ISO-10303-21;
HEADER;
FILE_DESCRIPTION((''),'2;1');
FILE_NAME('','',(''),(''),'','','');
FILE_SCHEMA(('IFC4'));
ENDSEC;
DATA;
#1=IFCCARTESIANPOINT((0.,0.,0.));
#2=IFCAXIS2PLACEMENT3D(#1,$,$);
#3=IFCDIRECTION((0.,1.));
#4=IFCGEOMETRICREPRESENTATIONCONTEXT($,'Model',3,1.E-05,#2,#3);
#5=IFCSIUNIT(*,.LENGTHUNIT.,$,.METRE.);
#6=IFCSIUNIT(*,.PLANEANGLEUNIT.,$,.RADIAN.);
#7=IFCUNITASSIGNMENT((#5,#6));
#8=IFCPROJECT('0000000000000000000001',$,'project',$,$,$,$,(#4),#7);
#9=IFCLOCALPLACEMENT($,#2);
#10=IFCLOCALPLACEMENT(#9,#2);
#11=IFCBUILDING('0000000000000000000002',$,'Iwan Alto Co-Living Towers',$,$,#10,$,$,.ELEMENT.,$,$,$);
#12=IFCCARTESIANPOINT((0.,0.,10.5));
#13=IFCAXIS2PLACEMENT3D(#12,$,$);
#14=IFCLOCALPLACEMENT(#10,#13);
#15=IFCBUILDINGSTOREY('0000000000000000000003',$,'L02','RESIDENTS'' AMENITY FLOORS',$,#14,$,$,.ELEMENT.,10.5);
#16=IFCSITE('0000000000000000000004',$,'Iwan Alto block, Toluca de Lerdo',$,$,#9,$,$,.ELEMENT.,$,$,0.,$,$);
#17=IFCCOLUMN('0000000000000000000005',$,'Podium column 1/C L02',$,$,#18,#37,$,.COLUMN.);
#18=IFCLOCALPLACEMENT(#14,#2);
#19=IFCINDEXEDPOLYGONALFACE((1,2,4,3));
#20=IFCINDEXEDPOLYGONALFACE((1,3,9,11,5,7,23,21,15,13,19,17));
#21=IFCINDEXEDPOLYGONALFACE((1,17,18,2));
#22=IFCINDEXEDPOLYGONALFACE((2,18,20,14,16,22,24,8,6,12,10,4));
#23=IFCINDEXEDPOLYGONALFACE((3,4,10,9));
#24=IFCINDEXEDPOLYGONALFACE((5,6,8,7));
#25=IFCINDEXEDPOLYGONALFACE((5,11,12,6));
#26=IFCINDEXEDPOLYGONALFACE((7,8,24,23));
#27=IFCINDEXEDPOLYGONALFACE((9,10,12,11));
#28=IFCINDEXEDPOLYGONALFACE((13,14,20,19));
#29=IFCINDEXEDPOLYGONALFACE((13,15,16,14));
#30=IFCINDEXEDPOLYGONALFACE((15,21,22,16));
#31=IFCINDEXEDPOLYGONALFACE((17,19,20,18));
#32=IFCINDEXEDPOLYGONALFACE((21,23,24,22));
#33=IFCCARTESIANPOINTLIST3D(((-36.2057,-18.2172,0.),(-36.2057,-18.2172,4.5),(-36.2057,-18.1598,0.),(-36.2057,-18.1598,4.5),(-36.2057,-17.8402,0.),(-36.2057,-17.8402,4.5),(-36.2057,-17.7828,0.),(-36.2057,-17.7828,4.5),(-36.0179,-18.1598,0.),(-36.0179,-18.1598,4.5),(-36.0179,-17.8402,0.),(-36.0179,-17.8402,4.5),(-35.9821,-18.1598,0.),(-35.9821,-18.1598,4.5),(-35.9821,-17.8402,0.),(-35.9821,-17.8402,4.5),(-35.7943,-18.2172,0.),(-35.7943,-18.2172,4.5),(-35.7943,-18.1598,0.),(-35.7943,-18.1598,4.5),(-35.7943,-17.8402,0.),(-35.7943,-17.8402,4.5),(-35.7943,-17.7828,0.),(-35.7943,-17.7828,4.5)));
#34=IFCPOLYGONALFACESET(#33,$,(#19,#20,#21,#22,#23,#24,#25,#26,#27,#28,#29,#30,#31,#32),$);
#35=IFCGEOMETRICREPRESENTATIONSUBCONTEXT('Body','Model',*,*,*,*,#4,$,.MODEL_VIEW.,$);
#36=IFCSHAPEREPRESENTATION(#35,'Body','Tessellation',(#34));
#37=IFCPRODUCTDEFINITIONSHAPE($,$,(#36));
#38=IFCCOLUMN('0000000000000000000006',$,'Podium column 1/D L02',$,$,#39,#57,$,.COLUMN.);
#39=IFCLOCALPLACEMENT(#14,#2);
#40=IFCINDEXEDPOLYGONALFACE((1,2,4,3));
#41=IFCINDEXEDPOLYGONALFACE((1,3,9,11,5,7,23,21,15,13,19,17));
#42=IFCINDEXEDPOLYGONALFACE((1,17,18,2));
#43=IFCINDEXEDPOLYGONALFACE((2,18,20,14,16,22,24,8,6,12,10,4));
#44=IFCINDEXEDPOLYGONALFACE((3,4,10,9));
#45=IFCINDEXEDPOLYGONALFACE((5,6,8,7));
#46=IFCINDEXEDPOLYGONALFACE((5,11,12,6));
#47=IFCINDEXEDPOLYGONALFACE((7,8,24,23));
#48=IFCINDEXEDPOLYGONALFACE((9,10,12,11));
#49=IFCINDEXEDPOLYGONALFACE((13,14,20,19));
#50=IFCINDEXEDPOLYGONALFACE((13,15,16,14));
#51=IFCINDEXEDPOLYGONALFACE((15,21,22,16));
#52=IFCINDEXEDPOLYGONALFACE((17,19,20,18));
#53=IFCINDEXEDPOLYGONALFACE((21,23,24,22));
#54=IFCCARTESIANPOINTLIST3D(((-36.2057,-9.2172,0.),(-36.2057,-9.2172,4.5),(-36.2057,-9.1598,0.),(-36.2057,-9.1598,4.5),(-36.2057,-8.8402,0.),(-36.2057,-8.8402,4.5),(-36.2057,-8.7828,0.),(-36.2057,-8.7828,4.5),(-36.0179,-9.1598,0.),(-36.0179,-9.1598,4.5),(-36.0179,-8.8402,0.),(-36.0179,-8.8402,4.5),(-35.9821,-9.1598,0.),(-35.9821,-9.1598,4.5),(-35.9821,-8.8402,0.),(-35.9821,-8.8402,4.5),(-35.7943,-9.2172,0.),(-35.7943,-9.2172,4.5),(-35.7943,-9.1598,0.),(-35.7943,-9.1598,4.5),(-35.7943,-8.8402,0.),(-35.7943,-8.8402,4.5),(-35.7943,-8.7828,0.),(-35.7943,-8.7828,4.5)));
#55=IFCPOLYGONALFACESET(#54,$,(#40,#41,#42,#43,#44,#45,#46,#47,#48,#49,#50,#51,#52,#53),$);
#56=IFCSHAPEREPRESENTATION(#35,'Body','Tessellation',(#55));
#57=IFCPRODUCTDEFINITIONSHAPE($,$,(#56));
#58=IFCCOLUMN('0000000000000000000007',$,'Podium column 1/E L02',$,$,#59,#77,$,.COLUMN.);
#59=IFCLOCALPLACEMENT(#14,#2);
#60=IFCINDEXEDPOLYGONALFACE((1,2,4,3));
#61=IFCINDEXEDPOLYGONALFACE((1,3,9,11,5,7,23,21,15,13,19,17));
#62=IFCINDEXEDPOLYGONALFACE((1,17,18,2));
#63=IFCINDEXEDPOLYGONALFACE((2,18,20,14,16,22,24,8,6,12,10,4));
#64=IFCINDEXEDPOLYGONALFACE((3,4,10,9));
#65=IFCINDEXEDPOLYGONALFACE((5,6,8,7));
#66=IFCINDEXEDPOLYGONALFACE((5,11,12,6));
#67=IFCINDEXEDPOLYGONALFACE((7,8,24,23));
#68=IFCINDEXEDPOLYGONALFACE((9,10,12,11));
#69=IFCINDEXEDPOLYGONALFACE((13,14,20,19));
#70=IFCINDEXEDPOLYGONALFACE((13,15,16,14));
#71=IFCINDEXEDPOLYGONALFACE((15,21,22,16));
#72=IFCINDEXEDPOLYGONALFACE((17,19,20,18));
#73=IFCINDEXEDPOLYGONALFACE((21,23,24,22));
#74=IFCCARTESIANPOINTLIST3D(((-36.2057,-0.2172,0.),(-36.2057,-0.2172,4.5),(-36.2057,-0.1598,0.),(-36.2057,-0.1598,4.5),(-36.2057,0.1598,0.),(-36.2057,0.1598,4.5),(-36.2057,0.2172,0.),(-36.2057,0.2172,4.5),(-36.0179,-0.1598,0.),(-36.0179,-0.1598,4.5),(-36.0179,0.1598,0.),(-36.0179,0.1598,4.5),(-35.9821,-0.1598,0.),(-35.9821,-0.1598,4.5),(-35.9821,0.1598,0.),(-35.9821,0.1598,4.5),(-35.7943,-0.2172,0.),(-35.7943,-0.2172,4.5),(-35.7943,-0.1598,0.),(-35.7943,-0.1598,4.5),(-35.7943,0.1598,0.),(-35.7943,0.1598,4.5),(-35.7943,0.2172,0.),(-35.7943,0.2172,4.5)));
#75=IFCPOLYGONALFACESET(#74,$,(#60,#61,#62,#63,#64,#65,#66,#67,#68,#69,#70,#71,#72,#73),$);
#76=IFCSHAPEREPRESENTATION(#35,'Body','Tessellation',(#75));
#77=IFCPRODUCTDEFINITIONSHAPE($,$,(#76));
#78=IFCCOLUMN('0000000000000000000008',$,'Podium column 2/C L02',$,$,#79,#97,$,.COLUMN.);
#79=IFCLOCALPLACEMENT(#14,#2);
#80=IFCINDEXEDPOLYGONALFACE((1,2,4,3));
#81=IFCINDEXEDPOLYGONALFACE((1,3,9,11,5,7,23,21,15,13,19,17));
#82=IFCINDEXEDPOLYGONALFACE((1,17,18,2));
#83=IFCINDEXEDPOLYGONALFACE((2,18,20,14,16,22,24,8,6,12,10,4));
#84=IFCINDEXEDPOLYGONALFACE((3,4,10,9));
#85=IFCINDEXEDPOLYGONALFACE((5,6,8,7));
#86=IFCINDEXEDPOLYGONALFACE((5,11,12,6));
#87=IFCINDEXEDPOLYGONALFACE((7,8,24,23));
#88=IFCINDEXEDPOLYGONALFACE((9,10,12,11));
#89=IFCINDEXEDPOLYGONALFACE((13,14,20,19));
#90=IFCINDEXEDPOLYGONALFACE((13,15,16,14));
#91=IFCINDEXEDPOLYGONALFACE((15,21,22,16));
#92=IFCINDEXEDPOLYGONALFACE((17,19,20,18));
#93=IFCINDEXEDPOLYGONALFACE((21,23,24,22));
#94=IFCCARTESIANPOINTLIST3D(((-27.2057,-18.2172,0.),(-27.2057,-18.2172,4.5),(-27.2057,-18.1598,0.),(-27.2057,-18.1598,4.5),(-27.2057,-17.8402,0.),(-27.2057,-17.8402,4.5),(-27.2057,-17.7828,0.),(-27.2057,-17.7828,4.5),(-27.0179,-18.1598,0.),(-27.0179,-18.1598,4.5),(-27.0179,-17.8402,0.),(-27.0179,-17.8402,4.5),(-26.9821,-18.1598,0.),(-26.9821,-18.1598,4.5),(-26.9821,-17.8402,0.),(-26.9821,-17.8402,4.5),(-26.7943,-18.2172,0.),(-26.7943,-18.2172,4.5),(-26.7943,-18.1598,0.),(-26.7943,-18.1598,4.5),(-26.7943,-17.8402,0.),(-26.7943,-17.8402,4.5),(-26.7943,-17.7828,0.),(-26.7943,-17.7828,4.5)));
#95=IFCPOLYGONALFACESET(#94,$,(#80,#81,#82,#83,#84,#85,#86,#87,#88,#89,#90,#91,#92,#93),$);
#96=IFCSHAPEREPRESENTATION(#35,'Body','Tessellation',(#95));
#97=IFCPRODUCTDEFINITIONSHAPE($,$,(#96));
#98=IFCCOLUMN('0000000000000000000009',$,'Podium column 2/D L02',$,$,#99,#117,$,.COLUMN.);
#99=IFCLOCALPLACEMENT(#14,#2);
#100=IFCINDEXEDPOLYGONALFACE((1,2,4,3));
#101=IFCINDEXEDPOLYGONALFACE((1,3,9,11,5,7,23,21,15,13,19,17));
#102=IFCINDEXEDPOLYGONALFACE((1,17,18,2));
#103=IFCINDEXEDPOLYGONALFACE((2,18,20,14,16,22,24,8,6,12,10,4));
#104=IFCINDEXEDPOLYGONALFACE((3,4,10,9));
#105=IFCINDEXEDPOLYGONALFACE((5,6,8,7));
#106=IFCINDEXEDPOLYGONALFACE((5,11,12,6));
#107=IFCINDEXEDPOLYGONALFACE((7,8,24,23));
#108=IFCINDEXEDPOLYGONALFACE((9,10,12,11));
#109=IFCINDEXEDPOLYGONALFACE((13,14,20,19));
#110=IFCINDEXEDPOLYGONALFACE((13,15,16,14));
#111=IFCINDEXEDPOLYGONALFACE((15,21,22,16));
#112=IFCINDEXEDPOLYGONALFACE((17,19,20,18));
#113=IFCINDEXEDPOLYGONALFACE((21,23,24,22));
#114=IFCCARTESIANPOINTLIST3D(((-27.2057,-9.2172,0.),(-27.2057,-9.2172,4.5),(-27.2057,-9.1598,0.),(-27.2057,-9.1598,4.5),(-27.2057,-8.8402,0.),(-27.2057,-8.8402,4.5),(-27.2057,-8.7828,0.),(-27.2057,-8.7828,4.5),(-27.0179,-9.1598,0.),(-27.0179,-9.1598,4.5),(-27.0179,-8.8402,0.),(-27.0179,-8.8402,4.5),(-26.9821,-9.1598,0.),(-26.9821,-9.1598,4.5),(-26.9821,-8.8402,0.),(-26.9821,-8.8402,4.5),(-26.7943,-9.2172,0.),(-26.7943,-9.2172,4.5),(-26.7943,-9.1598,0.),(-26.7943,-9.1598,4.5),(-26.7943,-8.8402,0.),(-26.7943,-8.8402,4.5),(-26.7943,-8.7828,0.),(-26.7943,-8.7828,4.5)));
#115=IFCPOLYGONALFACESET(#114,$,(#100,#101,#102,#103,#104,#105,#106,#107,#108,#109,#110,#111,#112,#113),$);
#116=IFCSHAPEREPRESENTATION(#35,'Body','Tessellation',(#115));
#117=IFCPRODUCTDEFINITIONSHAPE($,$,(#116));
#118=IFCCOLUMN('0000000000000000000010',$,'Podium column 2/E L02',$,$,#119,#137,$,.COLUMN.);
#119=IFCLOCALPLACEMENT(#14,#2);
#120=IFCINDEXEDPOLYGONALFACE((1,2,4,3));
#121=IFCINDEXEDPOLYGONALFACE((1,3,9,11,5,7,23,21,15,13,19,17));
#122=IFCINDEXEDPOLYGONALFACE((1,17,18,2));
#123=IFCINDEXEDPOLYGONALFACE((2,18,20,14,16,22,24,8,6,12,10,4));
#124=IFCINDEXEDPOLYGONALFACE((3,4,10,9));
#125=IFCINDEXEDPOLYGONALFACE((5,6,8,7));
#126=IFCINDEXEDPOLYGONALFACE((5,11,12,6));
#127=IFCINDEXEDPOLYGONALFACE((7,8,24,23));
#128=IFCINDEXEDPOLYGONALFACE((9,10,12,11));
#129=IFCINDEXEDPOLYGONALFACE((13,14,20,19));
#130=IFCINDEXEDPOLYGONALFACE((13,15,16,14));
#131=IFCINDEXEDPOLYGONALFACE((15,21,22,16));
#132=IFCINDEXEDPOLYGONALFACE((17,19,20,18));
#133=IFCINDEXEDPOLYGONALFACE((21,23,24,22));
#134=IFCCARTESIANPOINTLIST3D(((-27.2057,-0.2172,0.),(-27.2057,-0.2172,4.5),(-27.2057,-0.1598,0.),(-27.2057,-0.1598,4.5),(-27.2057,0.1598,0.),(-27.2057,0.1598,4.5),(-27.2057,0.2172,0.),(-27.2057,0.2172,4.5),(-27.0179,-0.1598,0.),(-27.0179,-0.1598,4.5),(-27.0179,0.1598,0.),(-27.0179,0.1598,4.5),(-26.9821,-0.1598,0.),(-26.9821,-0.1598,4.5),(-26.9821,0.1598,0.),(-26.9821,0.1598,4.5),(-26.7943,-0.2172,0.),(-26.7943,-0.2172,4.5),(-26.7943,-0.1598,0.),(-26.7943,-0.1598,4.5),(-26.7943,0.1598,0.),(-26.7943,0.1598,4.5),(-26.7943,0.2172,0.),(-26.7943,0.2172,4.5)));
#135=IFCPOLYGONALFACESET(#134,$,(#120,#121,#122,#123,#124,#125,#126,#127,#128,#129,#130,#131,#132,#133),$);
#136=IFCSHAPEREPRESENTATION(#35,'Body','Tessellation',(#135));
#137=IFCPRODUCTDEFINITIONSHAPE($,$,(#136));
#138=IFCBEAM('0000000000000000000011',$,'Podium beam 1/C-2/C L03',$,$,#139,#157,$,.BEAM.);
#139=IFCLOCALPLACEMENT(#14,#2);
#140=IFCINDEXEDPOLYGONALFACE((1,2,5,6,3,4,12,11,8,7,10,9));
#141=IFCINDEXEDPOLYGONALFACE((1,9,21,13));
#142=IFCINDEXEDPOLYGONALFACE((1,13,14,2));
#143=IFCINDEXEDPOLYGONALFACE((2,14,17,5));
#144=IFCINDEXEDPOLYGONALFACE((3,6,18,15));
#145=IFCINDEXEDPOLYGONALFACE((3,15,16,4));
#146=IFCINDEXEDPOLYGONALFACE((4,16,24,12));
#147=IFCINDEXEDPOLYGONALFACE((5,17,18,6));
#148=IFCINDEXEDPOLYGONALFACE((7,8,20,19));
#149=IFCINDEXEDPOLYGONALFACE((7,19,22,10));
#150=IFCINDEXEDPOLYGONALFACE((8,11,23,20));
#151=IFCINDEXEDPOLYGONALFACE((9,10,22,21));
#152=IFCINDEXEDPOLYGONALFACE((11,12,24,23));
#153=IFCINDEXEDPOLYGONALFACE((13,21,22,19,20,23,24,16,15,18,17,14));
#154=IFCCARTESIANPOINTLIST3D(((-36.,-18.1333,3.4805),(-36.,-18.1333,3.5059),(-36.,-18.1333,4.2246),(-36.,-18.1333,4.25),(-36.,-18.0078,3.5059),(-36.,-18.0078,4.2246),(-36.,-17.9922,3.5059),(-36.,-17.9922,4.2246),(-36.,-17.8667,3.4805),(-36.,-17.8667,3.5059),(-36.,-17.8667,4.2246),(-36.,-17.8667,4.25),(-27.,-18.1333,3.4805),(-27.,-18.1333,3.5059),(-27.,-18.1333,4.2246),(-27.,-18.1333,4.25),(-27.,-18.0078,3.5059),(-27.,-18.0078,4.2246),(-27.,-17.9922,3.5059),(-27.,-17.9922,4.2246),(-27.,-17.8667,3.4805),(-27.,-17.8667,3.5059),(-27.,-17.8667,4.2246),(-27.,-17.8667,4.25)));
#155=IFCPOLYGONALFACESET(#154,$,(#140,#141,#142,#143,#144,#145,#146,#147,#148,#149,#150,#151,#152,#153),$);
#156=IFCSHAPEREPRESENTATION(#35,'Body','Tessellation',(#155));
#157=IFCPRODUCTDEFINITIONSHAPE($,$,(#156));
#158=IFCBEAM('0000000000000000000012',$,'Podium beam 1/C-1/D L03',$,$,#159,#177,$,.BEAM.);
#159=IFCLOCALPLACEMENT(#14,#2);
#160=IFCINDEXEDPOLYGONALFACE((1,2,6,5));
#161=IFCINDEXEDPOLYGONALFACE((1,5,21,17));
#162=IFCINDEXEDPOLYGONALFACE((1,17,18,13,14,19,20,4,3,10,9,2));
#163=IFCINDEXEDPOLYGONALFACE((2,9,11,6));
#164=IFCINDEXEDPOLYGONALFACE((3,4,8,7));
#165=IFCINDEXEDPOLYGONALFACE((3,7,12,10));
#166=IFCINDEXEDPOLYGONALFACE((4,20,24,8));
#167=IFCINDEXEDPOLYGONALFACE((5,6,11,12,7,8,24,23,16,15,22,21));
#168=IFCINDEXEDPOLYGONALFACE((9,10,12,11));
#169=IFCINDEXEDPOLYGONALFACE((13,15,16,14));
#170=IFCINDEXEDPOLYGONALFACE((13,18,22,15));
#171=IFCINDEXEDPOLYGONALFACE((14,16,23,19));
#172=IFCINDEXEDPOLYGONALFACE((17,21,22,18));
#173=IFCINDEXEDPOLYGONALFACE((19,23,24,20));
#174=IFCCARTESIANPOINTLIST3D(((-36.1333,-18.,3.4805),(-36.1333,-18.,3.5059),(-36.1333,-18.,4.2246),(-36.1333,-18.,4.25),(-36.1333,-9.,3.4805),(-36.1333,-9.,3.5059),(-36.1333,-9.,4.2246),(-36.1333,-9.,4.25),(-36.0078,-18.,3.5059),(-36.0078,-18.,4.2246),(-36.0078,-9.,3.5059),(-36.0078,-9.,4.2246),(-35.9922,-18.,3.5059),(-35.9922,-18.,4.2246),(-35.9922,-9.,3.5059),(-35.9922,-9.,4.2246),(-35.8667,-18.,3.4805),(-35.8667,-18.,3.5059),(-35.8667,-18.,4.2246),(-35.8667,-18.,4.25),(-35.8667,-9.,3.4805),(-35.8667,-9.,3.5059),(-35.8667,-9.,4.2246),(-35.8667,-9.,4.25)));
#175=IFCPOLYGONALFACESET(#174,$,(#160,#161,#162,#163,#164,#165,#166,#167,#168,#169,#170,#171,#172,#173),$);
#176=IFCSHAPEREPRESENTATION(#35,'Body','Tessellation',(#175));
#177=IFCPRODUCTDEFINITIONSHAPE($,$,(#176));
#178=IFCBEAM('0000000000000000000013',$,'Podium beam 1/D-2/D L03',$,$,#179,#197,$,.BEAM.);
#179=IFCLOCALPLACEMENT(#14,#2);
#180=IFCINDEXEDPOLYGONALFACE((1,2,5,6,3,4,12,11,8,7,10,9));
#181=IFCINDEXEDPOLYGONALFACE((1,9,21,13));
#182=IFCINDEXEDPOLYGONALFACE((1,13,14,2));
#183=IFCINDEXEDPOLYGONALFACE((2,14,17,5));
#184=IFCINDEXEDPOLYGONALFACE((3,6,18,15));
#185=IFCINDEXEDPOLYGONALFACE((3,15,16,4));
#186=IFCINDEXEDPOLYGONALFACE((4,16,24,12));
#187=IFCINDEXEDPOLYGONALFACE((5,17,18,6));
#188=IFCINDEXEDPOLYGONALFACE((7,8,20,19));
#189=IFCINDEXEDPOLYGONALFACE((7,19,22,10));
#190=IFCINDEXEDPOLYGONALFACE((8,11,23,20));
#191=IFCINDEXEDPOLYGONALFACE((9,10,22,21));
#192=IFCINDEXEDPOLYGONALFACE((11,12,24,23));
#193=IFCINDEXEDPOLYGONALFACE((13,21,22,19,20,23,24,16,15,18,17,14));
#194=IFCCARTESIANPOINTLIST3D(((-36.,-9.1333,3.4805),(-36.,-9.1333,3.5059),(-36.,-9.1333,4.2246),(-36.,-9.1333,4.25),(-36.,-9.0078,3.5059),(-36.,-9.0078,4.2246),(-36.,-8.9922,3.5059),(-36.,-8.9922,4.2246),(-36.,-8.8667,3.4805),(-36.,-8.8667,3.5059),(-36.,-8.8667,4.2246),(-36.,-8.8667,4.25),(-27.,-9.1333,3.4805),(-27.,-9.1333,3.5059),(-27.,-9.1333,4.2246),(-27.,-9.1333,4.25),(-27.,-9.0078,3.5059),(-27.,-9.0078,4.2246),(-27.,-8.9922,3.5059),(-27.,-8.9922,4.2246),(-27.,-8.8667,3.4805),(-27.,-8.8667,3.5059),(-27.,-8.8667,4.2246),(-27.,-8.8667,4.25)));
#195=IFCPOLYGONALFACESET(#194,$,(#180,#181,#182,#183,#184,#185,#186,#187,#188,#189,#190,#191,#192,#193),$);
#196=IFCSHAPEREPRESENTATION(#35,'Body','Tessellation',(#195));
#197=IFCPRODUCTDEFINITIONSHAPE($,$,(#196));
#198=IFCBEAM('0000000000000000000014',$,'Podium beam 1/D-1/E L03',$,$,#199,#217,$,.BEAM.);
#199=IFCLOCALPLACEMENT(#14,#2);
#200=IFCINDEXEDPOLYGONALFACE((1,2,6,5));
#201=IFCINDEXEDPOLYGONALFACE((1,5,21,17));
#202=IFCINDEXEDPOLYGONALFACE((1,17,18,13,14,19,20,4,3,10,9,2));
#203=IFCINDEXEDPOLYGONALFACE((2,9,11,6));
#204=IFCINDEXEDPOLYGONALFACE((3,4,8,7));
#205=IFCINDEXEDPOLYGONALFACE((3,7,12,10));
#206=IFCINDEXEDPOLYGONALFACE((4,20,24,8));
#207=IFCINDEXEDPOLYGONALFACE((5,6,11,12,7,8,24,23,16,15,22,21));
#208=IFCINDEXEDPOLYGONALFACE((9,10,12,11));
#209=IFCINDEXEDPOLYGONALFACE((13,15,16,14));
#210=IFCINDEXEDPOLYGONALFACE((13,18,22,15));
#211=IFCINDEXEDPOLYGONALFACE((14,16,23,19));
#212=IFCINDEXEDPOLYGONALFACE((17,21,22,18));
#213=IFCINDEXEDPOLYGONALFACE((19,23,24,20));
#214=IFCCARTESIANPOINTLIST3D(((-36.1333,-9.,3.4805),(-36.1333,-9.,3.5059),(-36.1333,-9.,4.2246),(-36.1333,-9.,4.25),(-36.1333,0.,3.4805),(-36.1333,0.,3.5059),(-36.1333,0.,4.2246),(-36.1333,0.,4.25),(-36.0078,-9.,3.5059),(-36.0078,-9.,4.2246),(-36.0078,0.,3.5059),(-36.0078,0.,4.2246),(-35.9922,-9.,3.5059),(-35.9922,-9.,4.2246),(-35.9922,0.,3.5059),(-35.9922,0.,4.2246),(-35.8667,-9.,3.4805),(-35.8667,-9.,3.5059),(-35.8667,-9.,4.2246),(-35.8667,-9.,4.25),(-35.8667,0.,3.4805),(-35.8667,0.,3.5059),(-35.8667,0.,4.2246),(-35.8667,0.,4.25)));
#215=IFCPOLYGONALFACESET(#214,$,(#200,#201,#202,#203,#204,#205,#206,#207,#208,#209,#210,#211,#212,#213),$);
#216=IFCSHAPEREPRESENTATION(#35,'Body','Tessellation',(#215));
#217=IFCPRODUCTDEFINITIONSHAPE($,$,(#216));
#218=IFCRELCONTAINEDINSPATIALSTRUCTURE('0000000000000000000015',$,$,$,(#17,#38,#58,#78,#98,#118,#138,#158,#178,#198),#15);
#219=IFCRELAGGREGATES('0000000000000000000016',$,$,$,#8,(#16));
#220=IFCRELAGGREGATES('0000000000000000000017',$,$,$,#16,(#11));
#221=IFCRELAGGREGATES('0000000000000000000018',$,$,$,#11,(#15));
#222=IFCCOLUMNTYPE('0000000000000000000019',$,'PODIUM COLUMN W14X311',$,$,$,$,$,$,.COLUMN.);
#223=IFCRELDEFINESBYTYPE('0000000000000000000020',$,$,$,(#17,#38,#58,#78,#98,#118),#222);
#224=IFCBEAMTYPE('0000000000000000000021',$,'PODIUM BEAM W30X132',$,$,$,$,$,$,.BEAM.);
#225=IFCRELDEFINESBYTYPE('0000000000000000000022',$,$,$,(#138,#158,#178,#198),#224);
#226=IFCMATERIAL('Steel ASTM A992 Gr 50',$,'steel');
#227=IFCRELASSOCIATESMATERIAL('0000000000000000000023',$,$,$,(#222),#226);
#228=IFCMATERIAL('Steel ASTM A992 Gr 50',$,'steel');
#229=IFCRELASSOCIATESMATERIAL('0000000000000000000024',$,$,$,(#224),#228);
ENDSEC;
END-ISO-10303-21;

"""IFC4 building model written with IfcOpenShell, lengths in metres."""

from ifc_helpers import new_model, si_unit, direction, frame, origin, origin_2d, place, context, subcontext, project, spatial, i_section, extrude, material, material_profile, profile_set, type_object, element, save


model = new_model("IFC4")

# Units and contexts
model_context = context("Model", 3, precision=1e-05, world=origin(), true_north=direction((0.0, 1.0)))
body_context = subcontext(model_context, "Body", "Model", "MODEL_VIEW")
ifc_project = project(units=[si_unit("LENGTHUNIT", "METRE"), si_unit("PLANEANGLEUNIT", "RADIAN")], contexts=[model_context])

# Site, building, storey
site_placement = place(None, origin())
site = spatial("IfcSite", under=ifc_project, at=site_placement, Name="Iwan Alto block, Toluca de Lerdo", CompositionType="ELEMENT", RefElevation=0.0)
building_placement = place(site_placement, origin())
building = spatial("IfcBuilding", under=site, at=building_placement, Name="Iwan Alto Co-Living Towers", CompositionType="ELEMENT")
storey_placement = place(building_placement, frame((0.0, 0.0, 10.5)))
storey = spatial("IfcBuildingStorey", under=building, at=storey_placement, Name="L02", Description="RESIDENTS' AMENITY FLOORS", CompositionType="ELEMENT", Elevation=10.5)

# Columns
ifc_material_1 = material(Name="Steel ASTM A992 Gr 50", Category="steel")
ifc_material_profile_1 = material_profile(ifc_material_1, i_section(OverallWidth=0.4114, OverallDepth=0.4343, WebThickness=0.0359, FlangeThickness=0.0574, at=origin_2d()), Name="W14X311")
ifc_profile_set_1 = profile_set([ifc_material_profile_1], Name="Steel ASTM A992 Gr 50")
column_type = type_object("IfcColumnType", Name="PODIUM COLUMN W14X311", PredefinedType="COLUMN", material=ifc_profile_set_1)
for number, where, z_axis, x_axis, name in (
    (1, (-36.0, -18.0, 0.0), (0.0, 0.0, 1.0), (1.0, 0.0, 0.0), "Podium column 1/C L02"),
    (2, (-36.0, -9.0, 0.0), (0.0, 0.0, 1.0), (1.0, 0.0, 0.0), "Podium column 1/D L02"),
    (3, (-36.0, 0.0, 0.0), (0.0, 0.0, 1.0), (1.0, 0.0, 0.0), "Podium column 1/E L02"),
    (4, (-27.0, -18.0, 0.0), (0.0, 0.0, 1.0), (1.0, 0.0, 0.0), "Podium column 2/C L02"),
    (5, (-27.0, -9.0, 0.0), (0.0, 0.0, 1.0), (1.0, 0.0, 0.0), "Podium column 2/D L02"),
    (6, (-27.0, 0.0, 0.0), (0.0, 0.0, 1.0), (1.0, 0.0, 0.0), "Podium column 2/E L02"),
):
    element("IfcColumn", number, at=place(storey_placement, frame(where, z_axis=z_axis, x_axis=x_axis)), inside=storey, type_object=column_type, Name=name, PredefinedType="COLUMN", context=body_context, shape_type="SweptSolid", body=[
        extrude(i_section(OverallWidth=0.4114, OverallDepth=0.4343, WebThickness=0.0359, FlangeThickness=0.0574, at=origin_2d()), origin(), (0.0, 0.0, 1.0), 4.5),
    ])

# Beams
ifc_material_2 = material(Name="Steel ASTM A992 Gr 50", Category="steel")
ifc_material_profile_2 = material_profile(ifc_material_2, i_section(OverallWidth=0.2666, OverallDepth=0.7695, WebThickness=0.0156, FlangeThickness=0.0254, at=origin_2d()), Name="W30X132")
ifc_profile_set_2 = profile_set([ifc_material_profile_2], Name="Steel ASTM A992 Gr 50")
beam_type_1 = type_object("IfcBeamType", Name="PODIUM BEAM W30X132", PredefinedType="BEAM", material=ifc_profile_set_2)
for number, where, z_axis, x_axis, name in (
    (7, (-36.0, -18.0, 3.8652), (1.0, 0.0, 0.0), (0.0, 1.0, 0.0), "Podium beam 1/C-2/C L03"),
    (8, (-36.0, -18.0, 3.8652), (0.0, 1.0, 0.0), (-1.0, 0.0, 0.0), "Podium beam 1/C-1/D L03"),
    (9, (-36.0, -9.0, 3.8652), (1.0, 0.0, 0.0), (0.0, 1.0, 0.0), "Podium beam 1/D-2/D L03"),
    (10, (-36.0, -9.0, 3.8652), (0.0, 1.0, 0.0), (-1.0, 0.0, 0.0), "Podium beam 1/D-1/E L03"),
):
    element("IfcBeam", number, at=place(storey_placement, frame(where, z_axis=z_axis, x_axis=x_axis)), inside=storey, type_object=beam_type_1, Name=name, PredefinedType="BEAM", context=body_context, shape_type="SweptSolid", body=[
        extrude(i_section(OverallWidth=0.2666, OverallDepth=0.7695, WebThickness=0.0156, FlangeThickness=0.0254, at=origin_2d()), origin(), (0.0, 0.0, 1.0), 9.0),
    ])

save(model, "model.ifc")
